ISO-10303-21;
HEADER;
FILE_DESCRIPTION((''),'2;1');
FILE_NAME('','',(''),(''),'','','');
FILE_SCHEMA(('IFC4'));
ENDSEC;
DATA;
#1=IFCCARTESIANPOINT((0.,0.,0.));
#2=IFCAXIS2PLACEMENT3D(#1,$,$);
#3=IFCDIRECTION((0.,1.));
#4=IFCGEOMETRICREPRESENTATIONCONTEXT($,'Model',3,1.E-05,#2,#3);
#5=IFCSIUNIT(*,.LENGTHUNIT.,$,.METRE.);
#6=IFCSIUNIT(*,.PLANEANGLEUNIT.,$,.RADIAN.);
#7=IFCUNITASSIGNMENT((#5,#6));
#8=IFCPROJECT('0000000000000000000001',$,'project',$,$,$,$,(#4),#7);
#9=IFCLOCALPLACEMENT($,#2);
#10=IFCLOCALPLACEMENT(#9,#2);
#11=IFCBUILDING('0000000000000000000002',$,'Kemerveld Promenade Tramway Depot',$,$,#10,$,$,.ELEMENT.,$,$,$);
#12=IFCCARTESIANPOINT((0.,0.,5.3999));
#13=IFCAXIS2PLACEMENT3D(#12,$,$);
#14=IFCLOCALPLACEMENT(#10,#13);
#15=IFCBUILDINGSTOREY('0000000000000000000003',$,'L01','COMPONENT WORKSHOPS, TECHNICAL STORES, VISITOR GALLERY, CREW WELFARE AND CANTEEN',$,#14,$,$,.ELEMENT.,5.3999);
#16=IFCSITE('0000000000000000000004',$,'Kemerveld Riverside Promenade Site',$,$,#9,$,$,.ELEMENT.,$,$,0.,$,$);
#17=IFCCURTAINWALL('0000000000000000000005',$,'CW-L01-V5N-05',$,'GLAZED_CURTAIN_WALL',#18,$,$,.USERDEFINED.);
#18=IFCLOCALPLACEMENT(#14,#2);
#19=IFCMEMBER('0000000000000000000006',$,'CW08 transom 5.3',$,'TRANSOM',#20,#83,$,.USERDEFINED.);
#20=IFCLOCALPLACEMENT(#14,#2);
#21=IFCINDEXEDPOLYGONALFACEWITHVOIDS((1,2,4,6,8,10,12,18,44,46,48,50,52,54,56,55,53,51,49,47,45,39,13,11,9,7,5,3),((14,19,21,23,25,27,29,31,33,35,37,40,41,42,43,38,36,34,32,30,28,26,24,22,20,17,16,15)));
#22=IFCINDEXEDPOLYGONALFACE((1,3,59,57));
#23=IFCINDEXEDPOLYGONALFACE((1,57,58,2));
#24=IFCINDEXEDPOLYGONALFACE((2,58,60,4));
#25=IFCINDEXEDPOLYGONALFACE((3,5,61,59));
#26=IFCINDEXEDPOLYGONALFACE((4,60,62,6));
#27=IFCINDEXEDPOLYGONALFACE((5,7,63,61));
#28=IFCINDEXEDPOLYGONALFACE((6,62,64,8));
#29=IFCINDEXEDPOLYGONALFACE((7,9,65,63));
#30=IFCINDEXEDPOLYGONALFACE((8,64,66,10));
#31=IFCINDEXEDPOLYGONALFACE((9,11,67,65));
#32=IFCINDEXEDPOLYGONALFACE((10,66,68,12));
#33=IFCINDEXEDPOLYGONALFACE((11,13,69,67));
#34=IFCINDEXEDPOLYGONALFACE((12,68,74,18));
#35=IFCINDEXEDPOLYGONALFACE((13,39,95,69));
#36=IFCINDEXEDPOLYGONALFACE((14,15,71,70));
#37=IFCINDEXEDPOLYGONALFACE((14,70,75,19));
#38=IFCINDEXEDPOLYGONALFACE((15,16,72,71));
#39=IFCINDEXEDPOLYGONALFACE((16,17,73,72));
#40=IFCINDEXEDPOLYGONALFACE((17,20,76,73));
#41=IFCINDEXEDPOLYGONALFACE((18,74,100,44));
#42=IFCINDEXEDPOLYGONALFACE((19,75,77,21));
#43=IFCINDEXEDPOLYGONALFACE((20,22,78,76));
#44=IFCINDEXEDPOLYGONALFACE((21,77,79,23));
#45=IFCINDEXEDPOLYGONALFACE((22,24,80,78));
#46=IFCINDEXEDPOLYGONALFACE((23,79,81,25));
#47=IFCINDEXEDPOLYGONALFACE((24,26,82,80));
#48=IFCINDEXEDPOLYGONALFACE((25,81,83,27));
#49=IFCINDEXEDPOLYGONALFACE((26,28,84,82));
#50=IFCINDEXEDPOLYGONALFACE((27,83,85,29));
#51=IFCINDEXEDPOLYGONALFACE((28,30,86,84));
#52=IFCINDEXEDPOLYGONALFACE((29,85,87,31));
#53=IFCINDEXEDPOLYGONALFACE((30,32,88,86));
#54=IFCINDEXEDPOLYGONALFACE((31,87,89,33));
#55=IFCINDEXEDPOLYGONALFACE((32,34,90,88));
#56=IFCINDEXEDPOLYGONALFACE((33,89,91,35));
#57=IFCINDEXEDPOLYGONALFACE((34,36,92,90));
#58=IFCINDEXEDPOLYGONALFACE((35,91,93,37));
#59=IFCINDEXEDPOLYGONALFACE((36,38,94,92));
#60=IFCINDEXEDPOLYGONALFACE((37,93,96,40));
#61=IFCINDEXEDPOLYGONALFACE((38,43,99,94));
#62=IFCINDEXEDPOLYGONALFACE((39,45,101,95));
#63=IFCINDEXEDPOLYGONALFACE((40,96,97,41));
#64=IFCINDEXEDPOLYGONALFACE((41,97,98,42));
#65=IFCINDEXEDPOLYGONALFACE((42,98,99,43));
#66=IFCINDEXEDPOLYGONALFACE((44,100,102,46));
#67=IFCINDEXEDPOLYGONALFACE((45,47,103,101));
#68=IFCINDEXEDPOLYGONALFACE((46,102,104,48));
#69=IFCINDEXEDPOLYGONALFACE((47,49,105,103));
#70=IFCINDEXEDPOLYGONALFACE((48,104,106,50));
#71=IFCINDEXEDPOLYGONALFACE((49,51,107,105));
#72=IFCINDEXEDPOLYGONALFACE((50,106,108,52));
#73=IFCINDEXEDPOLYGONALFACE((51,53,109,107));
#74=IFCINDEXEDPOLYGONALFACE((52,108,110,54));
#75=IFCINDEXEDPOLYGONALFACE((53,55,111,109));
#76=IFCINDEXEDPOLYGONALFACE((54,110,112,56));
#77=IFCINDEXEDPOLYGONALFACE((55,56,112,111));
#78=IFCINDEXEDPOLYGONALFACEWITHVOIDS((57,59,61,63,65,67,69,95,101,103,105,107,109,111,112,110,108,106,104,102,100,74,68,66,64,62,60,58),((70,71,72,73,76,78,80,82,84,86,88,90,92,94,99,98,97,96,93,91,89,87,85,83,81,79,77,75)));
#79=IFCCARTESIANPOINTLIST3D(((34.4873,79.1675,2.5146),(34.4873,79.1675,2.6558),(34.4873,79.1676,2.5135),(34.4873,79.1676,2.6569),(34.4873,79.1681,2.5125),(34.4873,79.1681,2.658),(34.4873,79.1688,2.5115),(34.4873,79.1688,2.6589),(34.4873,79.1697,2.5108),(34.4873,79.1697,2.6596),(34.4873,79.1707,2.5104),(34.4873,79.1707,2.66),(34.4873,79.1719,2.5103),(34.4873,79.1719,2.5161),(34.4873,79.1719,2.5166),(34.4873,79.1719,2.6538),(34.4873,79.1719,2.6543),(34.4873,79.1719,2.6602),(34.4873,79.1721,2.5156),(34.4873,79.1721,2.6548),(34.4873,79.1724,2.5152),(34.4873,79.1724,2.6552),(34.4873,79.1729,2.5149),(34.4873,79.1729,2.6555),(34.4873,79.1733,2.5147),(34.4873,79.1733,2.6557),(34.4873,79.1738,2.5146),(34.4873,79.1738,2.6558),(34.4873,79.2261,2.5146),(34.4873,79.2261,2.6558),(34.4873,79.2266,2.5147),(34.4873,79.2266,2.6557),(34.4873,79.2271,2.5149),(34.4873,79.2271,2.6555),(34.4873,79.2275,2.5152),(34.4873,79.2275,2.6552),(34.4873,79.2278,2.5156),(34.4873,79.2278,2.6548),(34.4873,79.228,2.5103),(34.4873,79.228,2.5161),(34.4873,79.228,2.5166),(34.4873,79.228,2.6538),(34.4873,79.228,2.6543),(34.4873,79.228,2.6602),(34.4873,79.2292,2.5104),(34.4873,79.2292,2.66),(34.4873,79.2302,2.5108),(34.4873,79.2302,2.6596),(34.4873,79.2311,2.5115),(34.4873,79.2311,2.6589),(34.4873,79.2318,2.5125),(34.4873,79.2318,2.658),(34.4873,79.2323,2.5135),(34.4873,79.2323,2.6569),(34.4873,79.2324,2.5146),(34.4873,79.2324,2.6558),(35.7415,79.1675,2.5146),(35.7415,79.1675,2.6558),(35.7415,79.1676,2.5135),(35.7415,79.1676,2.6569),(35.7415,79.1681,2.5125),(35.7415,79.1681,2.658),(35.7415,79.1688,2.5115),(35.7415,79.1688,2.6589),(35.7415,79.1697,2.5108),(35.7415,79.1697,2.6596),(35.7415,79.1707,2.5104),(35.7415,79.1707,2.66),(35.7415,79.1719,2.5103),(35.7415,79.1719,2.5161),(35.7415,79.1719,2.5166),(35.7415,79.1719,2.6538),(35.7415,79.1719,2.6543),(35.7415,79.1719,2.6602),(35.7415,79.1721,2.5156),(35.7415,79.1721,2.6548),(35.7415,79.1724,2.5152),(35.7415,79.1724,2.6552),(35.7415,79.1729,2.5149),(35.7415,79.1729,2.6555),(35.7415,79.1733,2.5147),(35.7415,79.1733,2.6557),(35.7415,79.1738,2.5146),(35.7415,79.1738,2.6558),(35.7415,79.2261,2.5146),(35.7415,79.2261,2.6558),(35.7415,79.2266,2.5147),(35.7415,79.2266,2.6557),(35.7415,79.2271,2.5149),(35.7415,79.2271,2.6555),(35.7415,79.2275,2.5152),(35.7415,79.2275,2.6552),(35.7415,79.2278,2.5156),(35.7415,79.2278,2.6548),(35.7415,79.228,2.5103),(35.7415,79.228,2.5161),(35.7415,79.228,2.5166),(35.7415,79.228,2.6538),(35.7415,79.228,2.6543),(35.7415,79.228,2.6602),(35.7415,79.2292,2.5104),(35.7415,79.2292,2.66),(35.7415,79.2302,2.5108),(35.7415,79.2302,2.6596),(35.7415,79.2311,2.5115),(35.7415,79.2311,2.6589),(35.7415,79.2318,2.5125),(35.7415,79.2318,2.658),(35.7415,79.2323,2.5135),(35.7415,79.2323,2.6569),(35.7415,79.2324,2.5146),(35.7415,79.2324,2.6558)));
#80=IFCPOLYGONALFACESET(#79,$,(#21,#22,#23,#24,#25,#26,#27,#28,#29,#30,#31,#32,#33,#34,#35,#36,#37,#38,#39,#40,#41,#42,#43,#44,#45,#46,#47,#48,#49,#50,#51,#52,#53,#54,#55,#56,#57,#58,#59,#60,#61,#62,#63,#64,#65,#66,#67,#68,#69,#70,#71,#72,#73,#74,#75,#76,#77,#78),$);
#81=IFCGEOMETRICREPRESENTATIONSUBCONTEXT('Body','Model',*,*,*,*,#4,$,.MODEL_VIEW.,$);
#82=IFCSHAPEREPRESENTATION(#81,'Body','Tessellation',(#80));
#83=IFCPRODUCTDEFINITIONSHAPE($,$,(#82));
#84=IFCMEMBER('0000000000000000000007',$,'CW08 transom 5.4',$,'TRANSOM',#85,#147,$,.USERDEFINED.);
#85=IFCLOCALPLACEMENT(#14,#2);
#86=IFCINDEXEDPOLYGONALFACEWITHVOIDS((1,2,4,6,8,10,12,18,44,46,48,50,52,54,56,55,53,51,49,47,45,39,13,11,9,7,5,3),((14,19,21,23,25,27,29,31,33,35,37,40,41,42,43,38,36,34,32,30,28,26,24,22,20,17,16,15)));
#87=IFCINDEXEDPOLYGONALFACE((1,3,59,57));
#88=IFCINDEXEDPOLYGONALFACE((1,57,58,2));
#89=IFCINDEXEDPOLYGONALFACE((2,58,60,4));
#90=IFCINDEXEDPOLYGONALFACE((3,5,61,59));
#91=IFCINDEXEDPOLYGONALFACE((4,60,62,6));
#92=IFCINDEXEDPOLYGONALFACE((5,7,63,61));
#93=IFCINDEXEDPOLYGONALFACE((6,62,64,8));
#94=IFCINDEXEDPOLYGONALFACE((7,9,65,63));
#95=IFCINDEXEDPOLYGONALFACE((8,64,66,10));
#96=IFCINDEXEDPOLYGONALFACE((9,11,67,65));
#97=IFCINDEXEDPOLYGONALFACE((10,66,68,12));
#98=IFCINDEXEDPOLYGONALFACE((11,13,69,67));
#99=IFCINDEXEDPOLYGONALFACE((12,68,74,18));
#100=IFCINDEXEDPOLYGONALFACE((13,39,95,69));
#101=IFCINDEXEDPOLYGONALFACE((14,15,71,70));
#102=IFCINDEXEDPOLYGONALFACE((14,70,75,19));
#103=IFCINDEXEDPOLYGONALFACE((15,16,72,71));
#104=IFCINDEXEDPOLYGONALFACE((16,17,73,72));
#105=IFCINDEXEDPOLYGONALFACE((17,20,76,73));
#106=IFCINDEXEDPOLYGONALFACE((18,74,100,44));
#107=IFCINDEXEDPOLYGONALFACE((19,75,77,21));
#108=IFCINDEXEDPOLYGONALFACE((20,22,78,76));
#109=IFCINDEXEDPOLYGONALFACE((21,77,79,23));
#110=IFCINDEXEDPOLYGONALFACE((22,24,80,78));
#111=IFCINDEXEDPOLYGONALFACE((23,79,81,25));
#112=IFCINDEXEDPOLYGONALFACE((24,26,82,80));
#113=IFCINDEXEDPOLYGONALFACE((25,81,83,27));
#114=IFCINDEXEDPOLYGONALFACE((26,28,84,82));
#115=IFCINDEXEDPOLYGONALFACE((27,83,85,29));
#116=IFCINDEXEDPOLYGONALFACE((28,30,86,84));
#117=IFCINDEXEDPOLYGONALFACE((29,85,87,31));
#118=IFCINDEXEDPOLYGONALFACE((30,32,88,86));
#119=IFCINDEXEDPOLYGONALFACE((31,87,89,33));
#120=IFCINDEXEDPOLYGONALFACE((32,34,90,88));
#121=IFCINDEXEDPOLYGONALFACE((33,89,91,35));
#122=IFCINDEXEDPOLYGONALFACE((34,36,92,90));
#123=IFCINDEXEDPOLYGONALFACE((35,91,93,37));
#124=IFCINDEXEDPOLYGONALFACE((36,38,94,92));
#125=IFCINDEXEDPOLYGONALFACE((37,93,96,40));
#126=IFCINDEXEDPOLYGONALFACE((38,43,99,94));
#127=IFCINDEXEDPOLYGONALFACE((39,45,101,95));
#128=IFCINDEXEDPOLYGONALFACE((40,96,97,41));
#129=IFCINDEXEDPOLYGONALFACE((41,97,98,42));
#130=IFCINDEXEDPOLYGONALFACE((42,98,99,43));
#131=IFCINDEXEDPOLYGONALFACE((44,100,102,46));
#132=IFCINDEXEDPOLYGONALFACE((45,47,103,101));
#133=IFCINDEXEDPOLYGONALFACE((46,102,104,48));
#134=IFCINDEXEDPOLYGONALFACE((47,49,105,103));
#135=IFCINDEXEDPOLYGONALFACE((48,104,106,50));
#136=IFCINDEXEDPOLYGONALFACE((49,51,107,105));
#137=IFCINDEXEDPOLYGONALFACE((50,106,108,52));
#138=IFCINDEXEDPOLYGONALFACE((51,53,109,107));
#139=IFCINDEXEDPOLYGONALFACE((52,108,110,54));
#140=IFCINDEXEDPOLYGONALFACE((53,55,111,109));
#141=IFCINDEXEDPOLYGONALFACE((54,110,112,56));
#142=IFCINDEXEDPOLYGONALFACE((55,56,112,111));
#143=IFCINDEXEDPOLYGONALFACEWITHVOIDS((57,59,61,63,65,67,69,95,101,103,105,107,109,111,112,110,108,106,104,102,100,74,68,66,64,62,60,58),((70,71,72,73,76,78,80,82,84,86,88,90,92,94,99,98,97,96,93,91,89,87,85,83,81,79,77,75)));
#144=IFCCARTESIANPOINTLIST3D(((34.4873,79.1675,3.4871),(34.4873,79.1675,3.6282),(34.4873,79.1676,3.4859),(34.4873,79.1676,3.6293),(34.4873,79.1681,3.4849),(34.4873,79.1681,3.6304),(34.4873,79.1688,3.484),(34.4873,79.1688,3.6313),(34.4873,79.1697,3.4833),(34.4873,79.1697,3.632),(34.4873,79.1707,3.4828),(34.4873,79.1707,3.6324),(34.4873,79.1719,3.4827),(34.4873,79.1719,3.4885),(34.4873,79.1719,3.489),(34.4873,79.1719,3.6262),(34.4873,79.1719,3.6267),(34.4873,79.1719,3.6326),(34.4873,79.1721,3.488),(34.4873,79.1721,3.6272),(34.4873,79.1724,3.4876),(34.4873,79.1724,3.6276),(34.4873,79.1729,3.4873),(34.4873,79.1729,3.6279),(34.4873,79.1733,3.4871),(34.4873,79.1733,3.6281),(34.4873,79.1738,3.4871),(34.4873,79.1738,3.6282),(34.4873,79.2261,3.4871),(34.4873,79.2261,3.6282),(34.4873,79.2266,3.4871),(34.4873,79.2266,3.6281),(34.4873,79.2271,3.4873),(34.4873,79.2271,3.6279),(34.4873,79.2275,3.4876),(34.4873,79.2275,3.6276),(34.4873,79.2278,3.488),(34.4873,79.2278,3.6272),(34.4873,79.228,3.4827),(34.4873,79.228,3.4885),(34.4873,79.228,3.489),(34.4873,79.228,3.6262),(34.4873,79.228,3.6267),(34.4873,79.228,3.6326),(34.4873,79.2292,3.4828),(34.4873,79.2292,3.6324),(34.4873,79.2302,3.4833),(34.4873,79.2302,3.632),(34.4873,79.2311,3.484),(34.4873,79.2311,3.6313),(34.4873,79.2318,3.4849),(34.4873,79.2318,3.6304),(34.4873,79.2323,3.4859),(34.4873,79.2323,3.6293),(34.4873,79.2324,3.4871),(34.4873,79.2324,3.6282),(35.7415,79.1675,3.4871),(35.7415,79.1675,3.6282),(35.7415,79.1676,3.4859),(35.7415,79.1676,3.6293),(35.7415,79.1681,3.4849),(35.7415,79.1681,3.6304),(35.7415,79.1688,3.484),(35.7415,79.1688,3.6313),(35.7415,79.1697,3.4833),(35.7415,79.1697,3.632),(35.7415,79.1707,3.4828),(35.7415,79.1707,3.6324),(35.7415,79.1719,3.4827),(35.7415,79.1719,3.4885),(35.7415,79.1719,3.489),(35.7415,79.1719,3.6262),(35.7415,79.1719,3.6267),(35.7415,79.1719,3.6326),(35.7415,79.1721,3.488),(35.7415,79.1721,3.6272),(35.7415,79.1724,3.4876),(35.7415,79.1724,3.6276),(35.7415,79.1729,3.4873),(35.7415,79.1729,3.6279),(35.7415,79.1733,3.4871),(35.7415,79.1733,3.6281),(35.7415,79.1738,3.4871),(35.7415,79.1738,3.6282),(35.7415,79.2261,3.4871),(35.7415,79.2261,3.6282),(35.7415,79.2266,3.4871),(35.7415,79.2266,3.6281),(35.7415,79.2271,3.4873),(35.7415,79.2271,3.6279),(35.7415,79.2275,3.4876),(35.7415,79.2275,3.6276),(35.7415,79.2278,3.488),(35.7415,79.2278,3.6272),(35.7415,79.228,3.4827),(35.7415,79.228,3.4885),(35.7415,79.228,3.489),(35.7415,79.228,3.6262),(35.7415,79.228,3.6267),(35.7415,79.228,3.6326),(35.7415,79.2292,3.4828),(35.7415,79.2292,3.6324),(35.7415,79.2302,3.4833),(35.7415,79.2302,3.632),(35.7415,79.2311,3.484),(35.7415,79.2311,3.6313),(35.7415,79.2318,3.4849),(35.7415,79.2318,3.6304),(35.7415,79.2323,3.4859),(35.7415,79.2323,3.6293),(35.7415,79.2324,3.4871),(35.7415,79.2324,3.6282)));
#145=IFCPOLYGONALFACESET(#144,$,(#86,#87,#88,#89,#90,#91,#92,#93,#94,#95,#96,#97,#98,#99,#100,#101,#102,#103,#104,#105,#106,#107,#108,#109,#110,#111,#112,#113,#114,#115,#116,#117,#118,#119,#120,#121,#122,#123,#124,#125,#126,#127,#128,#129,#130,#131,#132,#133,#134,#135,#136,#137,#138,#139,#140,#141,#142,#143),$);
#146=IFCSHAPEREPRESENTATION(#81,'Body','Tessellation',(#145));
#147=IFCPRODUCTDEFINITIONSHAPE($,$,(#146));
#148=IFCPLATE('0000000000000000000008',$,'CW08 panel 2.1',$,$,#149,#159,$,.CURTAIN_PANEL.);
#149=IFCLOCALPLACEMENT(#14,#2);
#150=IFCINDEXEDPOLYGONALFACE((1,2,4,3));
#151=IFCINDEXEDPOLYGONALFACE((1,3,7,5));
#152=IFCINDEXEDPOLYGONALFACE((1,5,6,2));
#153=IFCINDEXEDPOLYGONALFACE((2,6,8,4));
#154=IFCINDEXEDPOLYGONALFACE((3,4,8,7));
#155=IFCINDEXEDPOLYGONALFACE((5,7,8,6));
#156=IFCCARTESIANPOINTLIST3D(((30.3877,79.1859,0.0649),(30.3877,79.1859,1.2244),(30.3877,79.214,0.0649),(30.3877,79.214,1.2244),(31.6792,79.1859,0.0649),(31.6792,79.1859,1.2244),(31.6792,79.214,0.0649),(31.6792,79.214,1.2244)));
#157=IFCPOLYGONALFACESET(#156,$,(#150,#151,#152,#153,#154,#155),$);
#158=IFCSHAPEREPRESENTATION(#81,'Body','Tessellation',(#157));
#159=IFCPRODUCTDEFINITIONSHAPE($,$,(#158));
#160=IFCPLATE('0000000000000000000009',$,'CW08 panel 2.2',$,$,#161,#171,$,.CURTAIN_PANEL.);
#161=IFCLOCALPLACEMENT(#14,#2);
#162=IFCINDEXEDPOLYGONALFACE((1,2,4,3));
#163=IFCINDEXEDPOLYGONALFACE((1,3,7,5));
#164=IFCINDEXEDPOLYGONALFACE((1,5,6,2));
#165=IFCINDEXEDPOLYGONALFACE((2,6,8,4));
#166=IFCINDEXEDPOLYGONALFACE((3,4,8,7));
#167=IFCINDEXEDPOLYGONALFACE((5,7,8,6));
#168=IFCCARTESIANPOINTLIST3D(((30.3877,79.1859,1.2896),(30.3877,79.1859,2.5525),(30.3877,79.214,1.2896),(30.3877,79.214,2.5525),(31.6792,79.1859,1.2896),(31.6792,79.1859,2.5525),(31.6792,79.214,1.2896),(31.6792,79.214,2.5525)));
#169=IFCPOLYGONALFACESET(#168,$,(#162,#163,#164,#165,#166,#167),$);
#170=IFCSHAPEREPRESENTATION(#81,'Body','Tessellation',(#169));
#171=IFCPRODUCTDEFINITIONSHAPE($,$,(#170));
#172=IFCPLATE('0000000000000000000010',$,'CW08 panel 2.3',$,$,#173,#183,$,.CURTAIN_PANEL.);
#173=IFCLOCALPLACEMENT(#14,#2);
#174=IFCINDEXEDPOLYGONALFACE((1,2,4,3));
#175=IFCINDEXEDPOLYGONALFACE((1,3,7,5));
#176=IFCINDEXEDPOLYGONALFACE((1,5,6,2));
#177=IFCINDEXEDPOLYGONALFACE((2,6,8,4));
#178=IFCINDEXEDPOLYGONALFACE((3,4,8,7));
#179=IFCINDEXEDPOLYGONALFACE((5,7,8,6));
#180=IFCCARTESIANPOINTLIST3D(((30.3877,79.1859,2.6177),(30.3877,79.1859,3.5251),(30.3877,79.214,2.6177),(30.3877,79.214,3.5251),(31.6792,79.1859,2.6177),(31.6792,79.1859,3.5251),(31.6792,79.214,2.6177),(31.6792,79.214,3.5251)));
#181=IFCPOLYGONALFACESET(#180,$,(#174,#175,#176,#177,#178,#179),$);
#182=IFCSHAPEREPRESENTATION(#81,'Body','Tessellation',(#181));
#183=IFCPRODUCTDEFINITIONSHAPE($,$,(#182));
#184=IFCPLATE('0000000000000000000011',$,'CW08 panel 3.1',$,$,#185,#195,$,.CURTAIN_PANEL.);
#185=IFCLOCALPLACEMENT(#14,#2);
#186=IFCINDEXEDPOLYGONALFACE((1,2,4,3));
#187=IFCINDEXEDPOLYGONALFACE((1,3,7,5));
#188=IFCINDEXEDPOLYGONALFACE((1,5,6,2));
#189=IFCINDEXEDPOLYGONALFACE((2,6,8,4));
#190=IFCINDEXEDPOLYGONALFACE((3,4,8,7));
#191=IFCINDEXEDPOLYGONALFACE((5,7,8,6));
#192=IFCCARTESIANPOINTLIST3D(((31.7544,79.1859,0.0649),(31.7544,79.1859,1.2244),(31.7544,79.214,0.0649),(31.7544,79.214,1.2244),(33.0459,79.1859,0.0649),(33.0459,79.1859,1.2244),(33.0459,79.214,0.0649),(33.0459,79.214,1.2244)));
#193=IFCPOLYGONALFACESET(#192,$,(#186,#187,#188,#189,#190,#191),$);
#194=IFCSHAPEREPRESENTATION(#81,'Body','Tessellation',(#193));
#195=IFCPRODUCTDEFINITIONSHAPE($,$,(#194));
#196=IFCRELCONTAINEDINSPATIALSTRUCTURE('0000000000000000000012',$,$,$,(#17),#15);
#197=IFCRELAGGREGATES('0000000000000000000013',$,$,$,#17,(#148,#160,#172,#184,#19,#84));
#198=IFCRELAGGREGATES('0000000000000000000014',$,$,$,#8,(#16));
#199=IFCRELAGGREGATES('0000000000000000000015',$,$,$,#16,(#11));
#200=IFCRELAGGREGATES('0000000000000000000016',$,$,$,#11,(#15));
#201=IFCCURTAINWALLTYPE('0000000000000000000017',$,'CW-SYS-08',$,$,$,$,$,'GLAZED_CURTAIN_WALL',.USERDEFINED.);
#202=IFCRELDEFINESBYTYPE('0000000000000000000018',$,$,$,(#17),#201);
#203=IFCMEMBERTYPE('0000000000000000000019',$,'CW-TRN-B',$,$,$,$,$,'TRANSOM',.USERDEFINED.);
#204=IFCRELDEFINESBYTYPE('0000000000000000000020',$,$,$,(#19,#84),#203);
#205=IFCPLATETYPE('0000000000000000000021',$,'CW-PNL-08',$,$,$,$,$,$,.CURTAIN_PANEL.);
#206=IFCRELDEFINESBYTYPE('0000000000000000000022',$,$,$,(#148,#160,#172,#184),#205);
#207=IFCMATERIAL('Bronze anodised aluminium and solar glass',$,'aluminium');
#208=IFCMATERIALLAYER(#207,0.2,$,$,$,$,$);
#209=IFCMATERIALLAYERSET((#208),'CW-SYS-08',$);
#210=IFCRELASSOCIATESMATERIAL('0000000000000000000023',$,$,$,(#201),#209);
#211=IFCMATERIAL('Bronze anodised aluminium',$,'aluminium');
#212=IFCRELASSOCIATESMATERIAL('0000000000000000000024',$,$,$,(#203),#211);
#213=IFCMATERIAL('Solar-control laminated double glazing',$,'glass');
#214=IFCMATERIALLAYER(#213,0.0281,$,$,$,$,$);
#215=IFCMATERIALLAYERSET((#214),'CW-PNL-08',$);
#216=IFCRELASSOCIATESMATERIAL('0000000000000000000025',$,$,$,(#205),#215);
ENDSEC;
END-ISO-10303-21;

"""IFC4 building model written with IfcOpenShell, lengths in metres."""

from ifc_helpers import new_model, si_unit, direction, frame, origin, origin_2d, place, context, subcontext, project, spatial, rectangle, hollow_rectangle, extrude, material, layer, layer_set, material_profile, profile_set, type_object, element, aggregate, save


model = new_model("IFC4")

# Units and contexts
model_context = context("Model", 3, precision=1e-05, world=origin(), true_north=direction((0.0, 1.0)))
body_context = subcontext(model_context, "Body", "Model", "MODEL_VIEW")
ifc_project = project(units=[si_unit("LENGTHUNIT", "METRE"), si_unit("PLANEANGLEUNIT", "RADIAN")], contexts=[model_context])

# Site, building, storey
site_placement = place(None, origin())
site = spatial("IfcSite", under=ifc_project, at=site_placement, Name="Kemerveld Riverside Promenade Site", CompositionType="ELEMENT", RefElevation=0.0)
building_placement = place(site_placement, origin())
building = spatial("IfcBuilding", under=site, at=building_placement, Name="Kemerveld Promenade Tramway Depot", CompositionType="ELEMENT")
storey_placement = place(building_placement, frame((0.0, 0.0, 5.3999)))
storey = spatial("IfcBuildingStorey", under=building, at=storey_placement, Name="L01", Description="COMPONENT WORKSHOPS, TECHNICAL STORES, VISITOR GALLERY, CREW WELFARE AND CANTEEN", CompositionType="ELEMENT", Elevation=5.3999)

# Curtain wall, members, plates
ifc_material_1 = material(Name="Bronze anodised aluminium and solar glass", Category="aluminium")
ifc_layer_1 = layer(ifc_material_1, 0.2)
ifc_layer_set_1 = layer_set([ifc_layer_1], Name="CW-SYS-08")
curtain_wall_type = type_object("IfcCurtainWallType", Name="CW-SYS-08", ElementType="GLAZED_CURTAIN_WALL", PredefinedType="USERDEFINED", material=ifc_layer_set_1)
curtain_wall_placement = place(storey_placement, origin())
curtain_wall = element("IfcCurtainWall", 1, at=curtain_wall_placement, inside=storey, type_object=curtain_wall_type, Name="CW-L01-V5N-05", ObjectType="GLAZED_CURTAIN_WALL", PredefinedType="USERDEFINED")
ifc_material_2 = material(Name="Bronze anodised aluminium", Category="aluminium")
ifc_material_profile_1 = material_profile(ifc_material_2, hollow_rectangle(XDim=0.0649, YDim=0.1499, WallThickness=0.0044, InnerFilletRadius=0.002, OuterFilletRadius=0.0044, at=origin_2d()), Name="CW-TRN-150x65")
ifc_profile_set_1 = profile_set([ifc_material_profile_1], Name="Bronze anodised aluminium")
member_type_1 = type_object("IfcMemberType", Name="CW-TRN-B", ElementType="TRANSOM", PredefinedType="USERDEFINED", material=ifc_profile_set_1)
member_1_placement = place(storey_placement, frame((34.4873, 79.2, 2.5852), z_axis=(1.0, 0.0, 0.0), x_axis=(0.0, 1.0, 0.0)))
member_1 = element("IfcMember", 2, at=member_1_placement, type_object=member_type_1, Name="CW08 transom 5.3", ObjectType="TRANSOM", PredefinedType="USERDEFINED", context=body_context, shape_type="SweptSolid", body=[
    extrude(hollow_rectangle(XDim=0.0649, YDim=0.1499, WallThickness=0.0044, InnerFilletRadius=0.002, OuterFilletRadius=0.0044, at=origin_2d()), origin(), (0.0, 0.0, 1.0), 1.2542),
])
member_2_placement = place(storey_placement, frame((34.4873, 79.2, 3.5576), z_axis=(1.0, 0.0, 0.0), x_axis=(0.0, 1.0, 0.0)))
member_2 = element("IfcMember", 3, at=member_2_placement, type_object=member_type_1, Name="CW08 transom 5.4", ObjectType="TRANSOM", PredefinedType="USERDEFINED", context=body_context, shape_type="SweptSolid", body=[
    extrude(hollow_rectangle(XDim=0.0649, YDim=0.1499, WallThickness=0.0044, InnerFilletRadius=0.002, OuterFilletRadius=0.0044, at=origin_2d()), origin(), (0.0, 0.0, 1.0), 1.2542),
])
ifc_material_3 = material(Name="Solar-control laminated double glazing", Category="glass")
ifc_layer_2 = layer(ifc_material_3, 0.0281)
ifc_layer_set_2 = layer_set([ifc_layer_2], Name="CW-PNL-08")
plate_type = type_object("IfcPlateType", Name="CW-PNL-08", PredefinedType="CURTAIN_PANEL", material=ifc_layer_set_2)
plate_1_placement = place(storey_placement, frame((31.0334, 79.2, 0.0649), z_axis=(0.0, 0.0, 1.0), x_axis=(1.0, 0.0, 0.0)))
plate_1 = element("IfcPlate", 4, at=plate_1_placement, type_object=plate_type, Name="CW08 panel 2.1", PredefinedType="CURTAIN_PANEL", context=body_context, shape_type="SweptSolid", body=[
    extrude(rectangle(XDim=1.2915, YDim=0.0281, at=origin_2d()), origin(), (0.0, 0.0, 1.0), 1.1594),
])
plate_2_placement = place(storey_placement, frame((31.0334, 79.2, 1.2896), z_axis=(0.0, 0.0, 1.0), x_axis=(1.0, 0.0, 0.0)))
plate_2 = element("IfcPlate", 5, at=plate_2_placement, type_object=plate_type, Name="CW08 panel 2.2", PredefinedType="CURTAIN_PANEL", context=body_context, shape_type="SweptSolid", body=[
    extrude(rectangle(XDim=1.2915, YDim=0.0281, at=origin_2d()), origin(), (0.0, 0.0, 1.0), 1.2629),
])
plate_3_placement = place(storey_placement, frame((31.0334, 79.2, 2.6177), z_axis=(0.0, 0.0, 1.0), x_axis=(1.0, 0.0, 0.0)))
plate_3 = element("IfcPlate", 6, at=plate_3_placement, type_object=plate_type, Name="CW08 panel 2.3", PredefinedType="CURTAIN_PANEL", context=body_context, shape_type="SweptSolid", body=[
    extrude(rectangle(XDim=1.2915, YDim=0.0281, at=origin_2d()), origin(), (0.0, 0.0, 1.0), 0.9075),
])
plate_4_placement = place(storey_placement, frame((32.4001, 79.2, 0.0649), z_axis=(0.0, 0.0, 1.0), x_axis=(1.0, 0.0, 0.0)))
plate_4 = element("IfcPlate", 7, at=plate_4_placement, type_object=plate_type, Name="CW08 panel 3.1", PredefinedType="CURTAIN_PANEL", context=body_context, shape_type="SweptSolid", body=[
    extrude(rectangle(XDim=1.2915, YDim=0.0281, at=origin_2d()), origin(), (0.0, 0.0, 1.0), 1.1594),
])
aggregate(curtain_wall, [plate_1, plate_2, plate_3, plate_4, member_1, member_2])

save(model, "model.ifc")
